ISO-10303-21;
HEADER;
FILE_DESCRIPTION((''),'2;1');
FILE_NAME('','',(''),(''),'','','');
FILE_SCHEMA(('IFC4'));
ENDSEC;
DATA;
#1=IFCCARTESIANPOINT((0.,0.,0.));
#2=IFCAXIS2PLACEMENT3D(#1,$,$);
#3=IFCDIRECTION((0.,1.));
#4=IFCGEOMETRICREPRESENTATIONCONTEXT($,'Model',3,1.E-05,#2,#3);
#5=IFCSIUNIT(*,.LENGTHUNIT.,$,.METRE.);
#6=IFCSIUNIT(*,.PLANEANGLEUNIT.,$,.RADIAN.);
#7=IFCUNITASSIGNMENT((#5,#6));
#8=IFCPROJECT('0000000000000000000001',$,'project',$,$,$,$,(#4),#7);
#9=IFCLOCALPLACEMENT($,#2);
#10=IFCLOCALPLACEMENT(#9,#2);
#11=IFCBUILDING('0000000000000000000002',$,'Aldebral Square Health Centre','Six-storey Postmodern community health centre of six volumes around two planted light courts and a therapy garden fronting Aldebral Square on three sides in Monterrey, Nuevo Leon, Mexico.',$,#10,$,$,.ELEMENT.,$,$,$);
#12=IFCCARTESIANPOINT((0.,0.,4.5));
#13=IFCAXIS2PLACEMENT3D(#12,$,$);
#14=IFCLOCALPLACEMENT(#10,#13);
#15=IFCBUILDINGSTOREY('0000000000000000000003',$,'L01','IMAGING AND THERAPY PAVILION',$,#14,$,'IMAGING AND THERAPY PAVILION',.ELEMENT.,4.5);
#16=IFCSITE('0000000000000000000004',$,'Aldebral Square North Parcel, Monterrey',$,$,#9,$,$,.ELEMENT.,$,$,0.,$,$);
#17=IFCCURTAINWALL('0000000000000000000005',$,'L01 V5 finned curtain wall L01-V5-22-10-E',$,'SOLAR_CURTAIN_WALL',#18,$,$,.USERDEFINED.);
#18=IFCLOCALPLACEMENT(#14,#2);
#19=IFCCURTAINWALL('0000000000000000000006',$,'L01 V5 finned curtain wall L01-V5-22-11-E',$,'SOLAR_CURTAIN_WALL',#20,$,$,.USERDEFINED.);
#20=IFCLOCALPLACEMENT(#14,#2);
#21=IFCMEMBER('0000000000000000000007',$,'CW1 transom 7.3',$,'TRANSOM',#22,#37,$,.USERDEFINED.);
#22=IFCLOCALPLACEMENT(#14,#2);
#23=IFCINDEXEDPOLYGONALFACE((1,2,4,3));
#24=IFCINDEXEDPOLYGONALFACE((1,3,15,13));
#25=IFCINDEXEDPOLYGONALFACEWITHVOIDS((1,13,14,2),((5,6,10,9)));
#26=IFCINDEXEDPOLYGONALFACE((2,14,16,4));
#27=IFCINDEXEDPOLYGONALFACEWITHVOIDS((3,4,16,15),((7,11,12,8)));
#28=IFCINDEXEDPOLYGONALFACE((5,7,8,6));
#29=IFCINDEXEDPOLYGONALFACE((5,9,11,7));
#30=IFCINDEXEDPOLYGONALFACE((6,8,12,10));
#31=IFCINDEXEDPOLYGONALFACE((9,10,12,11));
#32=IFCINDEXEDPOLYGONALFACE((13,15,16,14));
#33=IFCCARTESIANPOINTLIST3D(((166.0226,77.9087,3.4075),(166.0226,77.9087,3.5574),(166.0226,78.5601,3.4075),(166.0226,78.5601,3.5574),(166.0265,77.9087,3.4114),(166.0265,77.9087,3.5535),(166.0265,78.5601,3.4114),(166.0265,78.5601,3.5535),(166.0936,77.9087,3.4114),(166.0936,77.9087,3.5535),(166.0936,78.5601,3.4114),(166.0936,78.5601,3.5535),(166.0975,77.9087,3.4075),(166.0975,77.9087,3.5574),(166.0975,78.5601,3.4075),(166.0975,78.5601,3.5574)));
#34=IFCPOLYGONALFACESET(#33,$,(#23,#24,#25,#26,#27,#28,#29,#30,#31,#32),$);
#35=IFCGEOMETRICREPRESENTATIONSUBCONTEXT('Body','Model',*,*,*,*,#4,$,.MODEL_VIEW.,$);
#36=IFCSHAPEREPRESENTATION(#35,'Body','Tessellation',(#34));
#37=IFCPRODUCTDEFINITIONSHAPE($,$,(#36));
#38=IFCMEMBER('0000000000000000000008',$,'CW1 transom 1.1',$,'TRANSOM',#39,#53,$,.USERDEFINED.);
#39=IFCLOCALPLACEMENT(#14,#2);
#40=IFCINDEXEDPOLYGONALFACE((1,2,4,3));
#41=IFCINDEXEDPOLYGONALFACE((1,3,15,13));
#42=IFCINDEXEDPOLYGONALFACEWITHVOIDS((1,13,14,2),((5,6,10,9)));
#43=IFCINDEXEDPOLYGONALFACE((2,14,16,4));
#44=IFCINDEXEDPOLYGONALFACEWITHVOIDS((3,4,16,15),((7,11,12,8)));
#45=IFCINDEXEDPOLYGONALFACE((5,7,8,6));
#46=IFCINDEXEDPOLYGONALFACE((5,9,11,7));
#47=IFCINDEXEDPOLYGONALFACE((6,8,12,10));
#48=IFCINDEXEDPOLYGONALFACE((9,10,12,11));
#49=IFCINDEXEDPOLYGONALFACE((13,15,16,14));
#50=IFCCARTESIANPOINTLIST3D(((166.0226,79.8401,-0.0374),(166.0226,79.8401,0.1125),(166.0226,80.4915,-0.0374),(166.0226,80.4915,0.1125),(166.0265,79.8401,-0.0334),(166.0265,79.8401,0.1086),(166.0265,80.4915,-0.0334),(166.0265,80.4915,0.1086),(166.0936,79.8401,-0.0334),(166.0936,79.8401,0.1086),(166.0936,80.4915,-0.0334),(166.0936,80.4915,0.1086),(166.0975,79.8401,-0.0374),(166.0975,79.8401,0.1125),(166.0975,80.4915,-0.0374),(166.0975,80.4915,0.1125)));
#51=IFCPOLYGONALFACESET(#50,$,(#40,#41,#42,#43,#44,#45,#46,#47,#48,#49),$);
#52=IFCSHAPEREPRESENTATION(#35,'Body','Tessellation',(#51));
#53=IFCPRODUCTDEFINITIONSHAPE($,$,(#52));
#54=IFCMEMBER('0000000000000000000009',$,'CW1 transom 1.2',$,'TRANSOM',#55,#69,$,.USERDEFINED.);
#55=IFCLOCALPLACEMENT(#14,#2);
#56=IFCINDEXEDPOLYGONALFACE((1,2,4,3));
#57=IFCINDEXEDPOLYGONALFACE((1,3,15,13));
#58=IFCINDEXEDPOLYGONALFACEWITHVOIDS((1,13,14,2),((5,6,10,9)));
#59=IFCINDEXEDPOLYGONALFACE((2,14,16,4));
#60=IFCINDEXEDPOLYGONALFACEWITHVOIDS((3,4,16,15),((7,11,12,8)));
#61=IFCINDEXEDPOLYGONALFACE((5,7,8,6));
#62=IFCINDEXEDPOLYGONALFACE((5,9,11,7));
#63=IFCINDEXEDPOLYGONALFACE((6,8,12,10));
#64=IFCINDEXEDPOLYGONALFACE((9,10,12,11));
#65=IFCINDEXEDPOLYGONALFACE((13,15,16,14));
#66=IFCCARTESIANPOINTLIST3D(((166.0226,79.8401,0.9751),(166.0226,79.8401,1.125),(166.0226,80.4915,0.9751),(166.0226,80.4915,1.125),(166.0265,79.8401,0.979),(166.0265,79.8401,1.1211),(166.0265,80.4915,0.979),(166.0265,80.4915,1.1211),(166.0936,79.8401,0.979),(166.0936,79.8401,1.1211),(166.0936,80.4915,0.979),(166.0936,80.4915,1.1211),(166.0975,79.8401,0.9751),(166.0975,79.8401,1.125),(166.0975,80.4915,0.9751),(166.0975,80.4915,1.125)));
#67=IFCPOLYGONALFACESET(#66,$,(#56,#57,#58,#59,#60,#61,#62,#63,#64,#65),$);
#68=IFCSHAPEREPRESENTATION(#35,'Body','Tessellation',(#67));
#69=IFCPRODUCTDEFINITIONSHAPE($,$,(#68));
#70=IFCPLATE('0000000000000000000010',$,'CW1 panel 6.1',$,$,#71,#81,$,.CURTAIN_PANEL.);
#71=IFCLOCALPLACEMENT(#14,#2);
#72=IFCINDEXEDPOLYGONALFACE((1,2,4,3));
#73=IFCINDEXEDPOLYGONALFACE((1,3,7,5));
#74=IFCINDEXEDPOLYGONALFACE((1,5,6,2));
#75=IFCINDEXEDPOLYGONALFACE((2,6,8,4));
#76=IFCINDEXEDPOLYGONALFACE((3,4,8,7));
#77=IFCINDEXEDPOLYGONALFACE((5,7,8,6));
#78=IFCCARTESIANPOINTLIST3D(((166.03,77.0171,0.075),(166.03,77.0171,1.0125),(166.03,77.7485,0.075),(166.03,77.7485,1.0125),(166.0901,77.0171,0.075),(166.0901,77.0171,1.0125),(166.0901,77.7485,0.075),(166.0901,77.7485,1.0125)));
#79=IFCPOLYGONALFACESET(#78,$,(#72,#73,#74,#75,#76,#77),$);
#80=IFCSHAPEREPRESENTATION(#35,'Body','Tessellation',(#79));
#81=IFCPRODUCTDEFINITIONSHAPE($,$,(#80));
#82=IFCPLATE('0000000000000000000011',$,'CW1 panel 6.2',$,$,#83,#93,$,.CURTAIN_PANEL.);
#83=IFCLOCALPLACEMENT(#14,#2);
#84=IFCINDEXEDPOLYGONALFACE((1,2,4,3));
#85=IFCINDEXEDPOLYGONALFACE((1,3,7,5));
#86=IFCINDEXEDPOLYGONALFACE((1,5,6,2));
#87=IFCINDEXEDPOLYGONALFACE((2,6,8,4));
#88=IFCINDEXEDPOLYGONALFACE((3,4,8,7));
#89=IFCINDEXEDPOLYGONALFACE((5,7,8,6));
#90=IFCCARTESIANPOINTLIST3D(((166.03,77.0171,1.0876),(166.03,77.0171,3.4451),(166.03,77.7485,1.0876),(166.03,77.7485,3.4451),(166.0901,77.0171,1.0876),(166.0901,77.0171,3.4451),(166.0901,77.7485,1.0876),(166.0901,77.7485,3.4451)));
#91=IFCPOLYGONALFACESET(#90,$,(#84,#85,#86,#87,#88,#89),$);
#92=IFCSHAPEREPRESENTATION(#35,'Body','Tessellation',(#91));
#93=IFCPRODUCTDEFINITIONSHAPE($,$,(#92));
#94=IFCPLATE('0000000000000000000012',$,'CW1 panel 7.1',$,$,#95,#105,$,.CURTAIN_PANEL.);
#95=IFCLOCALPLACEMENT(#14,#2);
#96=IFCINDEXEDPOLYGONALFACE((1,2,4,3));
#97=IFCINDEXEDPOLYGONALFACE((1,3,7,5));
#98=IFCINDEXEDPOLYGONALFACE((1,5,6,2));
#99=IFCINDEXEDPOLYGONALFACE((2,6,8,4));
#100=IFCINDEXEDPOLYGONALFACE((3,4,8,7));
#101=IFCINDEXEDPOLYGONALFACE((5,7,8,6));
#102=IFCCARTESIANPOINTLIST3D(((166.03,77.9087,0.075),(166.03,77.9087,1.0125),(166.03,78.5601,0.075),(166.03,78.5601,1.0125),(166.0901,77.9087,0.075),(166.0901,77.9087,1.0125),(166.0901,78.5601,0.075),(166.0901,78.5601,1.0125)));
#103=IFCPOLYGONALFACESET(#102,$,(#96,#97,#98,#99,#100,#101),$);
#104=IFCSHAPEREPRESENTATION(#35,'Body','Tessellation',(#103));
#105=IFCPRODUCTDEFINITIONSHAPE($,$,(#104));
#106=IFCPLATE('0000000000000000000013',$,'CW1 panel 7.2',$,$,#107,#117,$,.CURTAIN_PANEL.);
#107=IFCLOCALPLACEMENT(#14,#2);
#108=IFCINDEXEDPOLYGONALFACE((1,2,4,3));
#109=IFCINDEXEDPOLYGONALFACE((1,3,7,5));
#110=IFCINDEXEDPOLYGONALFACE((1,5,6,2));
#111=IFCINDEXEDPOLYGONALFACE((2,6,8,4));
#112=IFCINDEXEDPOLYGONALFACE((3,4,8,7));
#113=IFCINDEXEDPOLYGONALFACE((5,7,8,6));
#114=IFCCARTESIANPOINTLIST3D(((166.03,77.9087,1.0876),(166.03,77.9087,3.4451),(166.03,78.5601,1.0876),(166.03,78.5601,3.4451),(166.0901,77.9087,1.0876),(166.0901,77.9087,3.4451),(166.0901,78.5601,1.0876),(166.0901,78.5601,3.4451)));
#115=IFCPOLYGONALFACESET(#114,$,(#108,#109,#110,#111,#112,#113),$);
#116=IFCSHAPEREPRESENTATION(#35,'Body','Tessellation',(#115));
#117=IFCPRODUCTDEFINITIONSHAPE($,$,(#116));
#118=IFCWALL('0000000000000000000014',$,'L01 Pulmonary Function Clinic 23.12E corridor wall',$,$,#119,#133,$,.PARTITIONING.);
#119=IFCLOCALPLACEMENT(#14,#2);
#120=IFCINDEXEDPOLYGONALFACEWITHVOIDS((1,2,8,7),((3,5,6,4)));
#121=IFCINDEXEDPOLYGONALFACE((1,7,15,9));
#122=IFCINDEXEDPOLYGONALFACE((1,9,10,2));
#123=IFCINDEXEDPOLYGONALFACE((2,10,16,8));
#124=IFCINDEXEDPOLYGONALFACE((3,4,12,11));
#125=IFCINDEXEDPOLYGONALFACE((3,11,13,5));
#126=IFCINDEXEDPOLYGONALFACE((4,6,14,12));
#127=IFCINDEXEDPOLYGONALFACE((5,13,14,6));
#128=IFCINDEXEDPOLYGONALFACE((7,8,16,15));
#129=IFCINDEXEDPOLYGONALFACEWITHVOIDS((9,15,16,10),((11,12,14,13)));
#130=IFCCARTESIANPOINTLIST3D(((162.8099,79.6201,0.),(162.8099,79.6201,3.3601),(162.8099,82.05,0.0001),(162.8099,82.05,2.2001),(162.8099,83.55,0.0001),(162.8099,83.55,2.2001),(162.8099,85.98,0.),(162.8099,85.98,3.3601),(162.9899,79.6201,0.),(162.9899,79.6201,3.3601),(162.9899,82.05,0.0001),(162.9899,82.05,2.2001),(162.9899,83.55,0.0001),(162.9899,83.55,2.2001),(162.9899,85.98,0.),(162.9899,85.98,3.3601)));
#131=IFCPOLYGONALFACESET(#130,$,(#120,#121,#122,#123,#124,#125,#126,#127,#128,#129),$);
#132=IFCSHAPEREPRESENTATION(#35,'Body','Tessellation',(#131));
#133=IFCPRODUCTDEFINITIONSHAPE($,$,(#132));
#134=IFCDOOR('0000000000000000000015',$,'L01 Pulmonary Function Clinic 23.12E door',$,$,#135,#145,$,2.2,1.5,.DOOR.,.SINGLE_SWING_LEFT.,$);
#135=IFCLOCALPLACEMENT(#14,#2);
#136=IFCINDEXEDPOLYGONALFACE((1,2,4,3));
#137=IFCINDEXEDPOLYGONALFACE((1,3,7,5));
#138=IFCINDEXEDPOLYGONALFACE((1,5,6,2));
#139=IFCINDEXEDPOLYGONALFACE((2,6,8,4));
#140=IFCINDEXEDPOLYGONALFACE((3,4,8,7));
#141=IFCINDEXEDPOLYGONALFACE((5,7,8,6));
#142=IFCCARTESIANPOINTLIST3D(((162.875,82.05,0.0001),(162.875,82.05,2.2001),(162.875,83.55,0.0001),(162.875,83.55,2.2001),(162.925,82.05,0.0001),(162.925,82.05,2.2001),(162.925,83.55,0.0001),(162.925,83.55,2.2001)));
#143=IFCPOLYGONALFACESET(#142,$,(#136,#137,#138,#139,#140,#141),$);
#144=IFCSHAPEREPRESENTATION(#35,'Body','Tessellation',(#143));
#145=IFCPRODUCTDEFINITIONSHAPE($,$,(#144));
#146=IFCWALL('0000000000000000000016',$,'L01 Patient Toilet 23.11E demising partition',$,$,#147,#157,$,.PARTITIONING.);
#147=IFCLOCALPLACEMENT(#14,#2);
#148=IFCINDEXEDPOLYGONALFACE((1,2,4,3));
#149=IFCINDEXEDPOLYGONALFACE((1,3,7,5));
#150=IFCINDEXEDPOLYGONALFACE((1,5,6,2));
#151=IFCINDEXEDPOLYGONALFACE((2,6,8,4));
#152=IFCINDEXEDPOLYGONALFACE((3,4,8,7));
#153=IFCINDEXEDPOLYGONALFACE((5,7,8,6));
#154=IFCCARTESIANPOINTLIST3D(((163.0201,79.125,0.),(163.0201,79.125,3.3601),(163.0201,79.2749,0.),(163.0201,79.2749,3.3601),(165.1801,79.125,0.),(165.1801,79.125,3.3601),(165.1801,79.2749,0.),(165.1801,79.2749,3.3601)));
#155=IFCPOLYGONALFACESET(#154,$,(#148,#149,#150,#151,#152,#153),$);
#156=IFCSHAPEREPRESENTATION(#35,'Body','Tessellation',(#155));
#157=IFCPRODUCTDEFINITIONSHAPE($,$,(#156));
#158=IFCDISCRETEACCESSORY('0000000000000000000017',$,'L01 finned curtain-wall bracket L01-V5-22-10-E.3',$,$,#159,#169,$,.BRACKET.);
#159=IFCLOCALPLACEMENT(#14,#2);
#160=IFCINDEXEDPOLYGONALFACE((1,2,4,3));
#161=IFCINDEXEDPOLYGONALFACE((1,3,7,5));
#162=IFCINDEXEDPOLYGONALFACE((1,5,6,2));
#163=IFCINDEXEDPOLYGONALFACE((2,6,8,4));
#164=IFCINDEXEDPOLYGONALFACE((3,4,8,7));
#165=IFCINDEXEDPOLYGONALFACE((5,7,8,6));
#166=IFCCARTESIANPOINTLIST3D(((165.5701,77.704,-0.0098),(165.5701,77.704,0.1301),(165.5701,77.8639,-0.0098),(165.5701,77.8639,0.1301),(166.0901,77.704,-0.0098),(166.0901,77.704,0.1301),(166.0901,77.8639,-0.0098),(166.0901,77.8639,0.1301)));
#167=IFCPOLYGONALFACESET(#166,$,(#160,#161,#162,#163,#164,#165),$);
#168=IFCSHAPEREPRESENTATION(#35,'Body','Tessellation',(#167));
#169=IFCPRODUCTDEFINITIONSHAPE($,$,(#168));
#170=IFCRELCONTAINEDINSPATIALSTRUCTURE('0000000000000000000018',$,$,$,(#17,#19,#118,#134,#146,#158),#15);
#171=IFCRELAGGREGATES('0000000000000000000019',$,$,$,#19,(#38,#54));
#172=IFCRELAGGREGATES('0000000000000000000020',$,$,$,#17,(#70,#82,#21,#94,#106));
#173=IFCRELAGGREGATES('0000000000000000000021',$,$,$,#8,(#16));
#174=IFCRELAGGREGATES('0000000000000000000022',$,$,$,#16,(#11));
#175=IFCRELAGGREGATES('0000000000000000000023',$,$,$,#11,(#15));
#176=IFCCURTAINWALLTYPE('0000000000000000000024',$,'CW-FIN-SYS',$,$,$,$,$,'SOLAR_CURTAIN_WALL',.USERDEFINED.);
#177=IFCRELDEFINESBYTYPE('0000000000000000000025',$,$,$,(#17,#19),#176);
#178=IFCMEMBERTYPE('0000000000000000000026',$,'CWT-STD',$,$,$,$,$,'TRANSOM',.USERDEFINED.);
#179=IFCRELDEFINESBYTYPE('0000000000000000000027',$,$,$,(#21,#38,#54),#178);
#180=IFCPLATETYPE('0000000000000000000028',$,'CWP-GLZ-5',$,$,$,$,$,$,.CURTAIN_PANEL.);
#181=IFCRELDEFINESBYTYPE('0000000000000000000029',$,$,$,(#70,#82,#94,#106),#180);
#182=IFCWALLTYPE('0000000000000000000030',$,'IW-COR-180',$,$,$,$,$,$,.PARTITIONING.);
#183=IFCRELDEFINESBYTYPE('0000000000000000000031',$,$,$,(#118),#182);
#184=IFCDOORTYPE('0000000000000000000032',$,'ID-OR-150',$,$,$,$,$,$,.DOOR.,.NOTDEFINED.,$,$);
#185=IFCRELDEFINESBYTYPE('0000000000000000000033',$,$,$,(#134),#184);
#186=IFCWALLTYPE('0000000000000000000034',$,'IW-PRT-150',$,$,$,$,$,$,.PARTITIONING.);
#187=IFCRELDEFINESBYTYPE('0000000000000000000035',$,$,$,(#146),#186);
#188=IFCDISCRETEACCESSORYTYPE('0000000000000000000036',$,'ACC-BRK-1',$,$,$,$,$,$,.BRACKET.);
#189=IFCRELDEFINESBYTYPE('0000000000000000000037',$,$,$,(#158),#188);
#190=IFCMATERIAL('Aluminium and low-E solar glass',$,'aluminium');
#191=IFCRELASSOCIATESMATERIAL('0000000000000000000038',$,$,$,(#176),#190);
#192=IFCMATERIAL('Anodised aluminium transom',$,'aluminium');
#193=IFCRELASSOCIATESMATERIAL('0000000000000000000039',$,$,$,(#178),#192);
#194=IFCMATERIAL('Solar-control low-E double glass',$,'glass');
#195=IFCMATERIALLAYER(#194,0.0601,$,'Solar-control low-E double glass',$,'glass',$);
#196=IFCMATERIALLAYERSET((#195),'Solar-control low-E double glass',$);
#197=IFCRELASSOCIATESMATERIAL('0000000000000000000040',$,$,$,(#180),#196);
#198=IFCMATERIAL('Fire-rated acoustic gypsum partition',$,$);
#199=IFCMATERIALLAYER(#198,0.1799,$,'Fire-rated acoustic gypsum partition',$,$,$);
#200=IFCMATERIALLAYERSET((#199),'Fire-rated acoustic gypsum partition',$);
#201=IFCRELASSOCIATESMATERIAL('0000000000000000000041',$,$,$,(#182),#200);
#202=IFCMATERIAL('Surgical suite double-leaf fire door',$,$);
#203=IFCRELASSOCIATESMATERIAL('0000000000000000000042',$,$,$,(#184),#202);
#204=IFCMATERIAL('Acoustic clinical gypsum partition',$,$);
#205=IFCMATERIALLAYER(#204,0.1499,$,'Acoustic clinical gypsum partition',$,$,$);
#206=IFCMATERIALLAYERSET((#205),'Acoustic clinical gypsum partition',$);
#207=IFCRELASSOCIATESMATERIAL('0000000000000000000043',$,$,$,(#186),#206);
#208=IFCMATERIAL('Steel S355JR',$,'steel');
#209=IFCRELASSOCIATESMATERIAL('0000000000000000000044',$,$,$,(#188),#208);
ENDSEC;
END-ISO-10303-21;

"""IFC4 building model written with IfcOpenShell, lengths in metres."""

from ifc_helpers import new_model, si_unit, direction, frame, frame_2d, origin, origin_2d, place, context, subcontext, project, spatial, rectangle, hollow_rectangle, extrude, material, layer, layer_set, material_profile, profile_set, type_object, element, fill, aggregate, save


model = new_model("IFC4")

# Units and contexts
model_context = context("Model", 3, precision=1e-05, world=origin(), true_north=direction((0.0, 1.0)))
body_context = subcontext(model_context, "Body", "Model", "MODEL_VIEW")
ifc_project = project(units=[si_unit("LENGTHUNIT", "METRE"), si_unit("PLANEANGLEUNIT", "RADIAN")], contexts=[model_context])

# Site, building, storey
site_placement = place(None, origin())
site = spatial("IfcSite", under=ifc_project, at=site_placement, Name="Aldebral Square North Parcel, Monterrey", CompositionType="ELEMENT", RefElevation=0.0)
building_placement = place(site_placement, origin())
building = spatial("IfcBuilding", under=site, at=building_placement, Name="Aldebral Square Health Centre", Description="Six-storey Postmodern community health centre of six volumes around two planted light courts and a therapy garden fronting Aldebral Square on three sides in Monterrey, Nuevo Leon, Mexico.", CompositionType="ELEMENT")
storey_placement = place(building_placement, frame((0.0, 0.0, 4.5)))
storey = spatial("IfcBuildingStorey", under=building, at=storey_placement, Name="L01", Description="IMAGING AND THERAPY PAVILION", LongName="IMAGING AND THERAPY PAVILION", CompositionType="ELEMENT", Elevation=4.5)

# Curtain wall
ifc_material_1 = material(Name="Aluminium and low-E solar glass", Category="aluminium")
curtain_wall_type = type_object("IfcCurtainWallType", Name="CW-FIN-SYS", ElementType="SOLAR_CURTAIN_WALL", PredefinedType="USERDEFINED", material=ifc_material_1)
curtain_wall_1_placement = place(storey_placement, origin())
curtain_wall_1 = element("IfcCurtainWall", 1, at=curtain_wall_1_placement, inside=storey, type_object=curtain_wall_type, Name="L01 V5 finned curtain wall L01-V5-22-10-E", ObjectType="SOLAR_CURTAIN_WALL", PredefinedType="USERDEFINED")

# Curtain wall
curtain_wall_2_placement = place(storey_placement, origin())
curtain_wall_2 = element("IfcCurtainWall", 2, at=curtain_wall_2_placement, inside=storey, type_object=curtain_wall_type, Name="L01 V5 finned curtain wall L01-V5-22-11-E", ObjectType="SOLAR_CURTAIN_WALL", PredefinedType="USERDEFINED")

# Members
ifc_material_2 = material(Name="Anodised aluminium transom", Category="aluminium")
ifc_material_profile_1 = material_profile(ifc_material_2, hollow_rectangle(XDim=0.075, YDim=0.1499, WallThickness=0.0039, at=origin_2d()), Name="CWT 75x150x4")
ifc_profile_set_1 = profile_set([ifc_material_profile_1], Name="Anodised aluminium transom")
member_type_1 = type_object("IfcMemberType", Name="CWT-STD", ElementType="TRANSOM", PredefinedType="USERDEFINED", material=ifc_profile_set_1)
member_1_placement = place(storey_placement, frame((166.0601, 77.9087, 3.4824), z_axis=(0.0, 1.0, 0.0), x_axis=(-1.0, 0.0, 0.0)))
member_1 = element("IfcMember", 3, at=member_1_placement, type_object=member_type_1, Name="CW1 transom 7.3", ObjectType="TRANSOM", PredefinedType="USERDEFINED", context=body_context, shape_type="SweptSolid", body=[
    extrude(hollow_rectangle(XDim=0.075, YDim=0.1499, WallThickness=0.0039, at=origin_2d()), origin(), (0.0, 0.0, 1.0), 0.6514),
])
member_2_placement = place(storey_placement, frame((166.0601, 79.8401, 0.0376), z_axis=(0.0, 1.0, 0.0), x_axis=(-1.0, 0.0, 0.0)))
member_2 = element("IfcMember", 4, at=member_2_placement, type_object=member_type_1, Name="CW1 transom 1.1", ObjectType="TRANSOM", PredefinedType="USERDEFINED", context=body_context, shape_type="SweptSolid", body=[
    extrude(hollow_rectangle(XDim=0.075, YDim=0.1499, WallThickness=0.0039, at=origin_2d()), origin(), (0.0, 0.0, 1.0), 0.6514),
])
member_3_placement = place(storey_placement, frame((166.0601, 79.8401, 1.05), z_axis=(0.0, 1.0, 0.0), x_axis=(-1.0, 0.0, 0.0)))
member_3 = element("IfcMember", 5, at=member_3_placement, type_object=member_type_1, Name="CW1 transom 1.2", ObjectType="TRANSOM", PredefinedType="USERDEFINED", context=body_context, shape_type="SweptSolid", body=[
    extrude(hollow_rectangle(XDim=0.075, YDim=0.1499, WallThickness=0.0039, at=origin_2d()), origin(), (0.0, 0.0, 1.0), 0.6514),
])
aggregate(curtain_wall_2, [member_2, member_3])

# Plates
ifc_material_3 = material(Name="Solar-control low-E double glass", Category="glass")
ifc_layer_1 = layer(ifc_material_3, 0.0601, Name="Solar-control low-E double glass", Category="glass")
ifc_layer_set_1 = layer_set([ifc_layer_1], Name="Solar-control low-E double glass")
plate_type = type_object("IfcPlateType", Name="CWP-GLZ-5", PredefinedType="CURTAIN_PANEL", material=ifc_layer_set_1)
plate_1_placement = place(storey_placement, frame((166.0601, 77.3828, 0.075), z_axis=(0.0, 0.0, 1.0), x_axis=(0.0, 1.0, 0.0)))
plate_1 = element("IfcPlate", 6, at=plate_1_placement, type_object=plate_type, Name="CW1 panel 6.1", PredefinedType="CURTAIN_PANEL", context=body_context, shape_type="SweptSolid", body=[
    extrude(rectangle(XDim=0.7314, YDim=0.0601, at=origin_2d()), origin(), (0.0, 0.0, 1.0), 0.9375),
])
plate_2_placement = place(storey_placement, frame((166.0601, 77.3828, 1.0876), z_axis=(0.0, 0.0, 1.0), x_axis=(0.0, 1.0, 0.0)))
plate_2 = element("IfcPlate", 7, at=plate_2_placement, type_object=plate_type, Name="CW1 panel 6.2", PredefinedType="CURTAIN_PANEL", context=body_context, shape_type="SweptSolid", body=[
    extrude(rectangle(XDim=0.7314, YDim=0.0601, at=origin_2d()), origin(), (0.0, 0.0, 1.0), 2.3574),
])
plate_3_placement = place(storey_placement, frame((166.0601, 78.2344, 0.075), z_axis=(0.0, 0.0, 1.0), x_axis=(0.0, 1.0, 0.0)))
plate_3 = element("IfcPlate", 8, at=plate_3_placement, type_object=plate_type, Name="CW1 panel 7.1", PredefinedType="CURTAIN_PANEL", context=body_context, shape_type="SweptSolid", body=[
    extrude(rectangle(XDim=0.6514, YDim=0.0601, at=origin_2d()), origin(), (0.0, 0.0, 1.0), 0.9375),
])
plate_4_placement = place(storey_placement, frame((166.0601, 78.2344, 1.0876), z_axis=(0.0, 0.0, 1.0), x_axis=(0.0, 1.0, 0.0)))
plate_4 = element("IfcPlate", 9, at=plate_4_placement, type_object=plate_type, Name="CW1 panel 7.2", PredefinedType="CURTAIN_PANEL", context=body_context, shape_type="SweptSolid", body=[
    extrude(rectangle(XDim=0.6514, YDim=0.0601, at=origin_2d()), origin(), (0.0, 0.0, 1.0), 2.3574),
])
aggregate(curtain_wall_1, [plate_1, plate_2, member_1, plate_3, plate_4])

# Wall, opening, door
ifc_material_4 = material(Name="Fire-rated acoustic gypsum partition")
ifc_layer_2 = layer(ifc_material_4, 0.1799, Name="Fire-rated acoustic gypsum partition")
ifc_layer_set_2 = layer_set([ifc_layer_2], Name="Fire-rated acoustic gypsum partition")
wall_type_1 = type_object("IfcWallType", Name="IW-COR-180", PredefinedType="PARTITIONING", material=ifc_layer_set_2)
wall_1_placement = place(storey_placement, frame((162.8999, 79.6201, 0.0), z_axis=(0.0, 0.0, 1.0), x_axis=(0.0, 1.0, 0.0)))
wall_1 = element("IfcWall", 10, at=wall_1_placement, inside=storey, type_object=wall_type_1, Name="L01 Pulmonary Function Clinic 23.12E corridor wall", PredefinedType="PARTITIONING", context=body_context, shape_type="SweptSolid", body=[
    extrude(rectangle(XDim=6.3599, YDim=0.1799, at=frame_2d((3.1799, 0.0))), origin(), (0.0, 0.0, 1.0), 3.3601),
])
opening_placement = place(wall_1_placement, frame((2.4299, 0.0, 0.0)))
opening = element("IfcOpeningElement", 11, at=opening_placement, cuts=wall_1, PredefinedType="OPENING", context=body_context, shape_type="SweptSolid", body=[
    extrude(rectangle(XDim=1.5, YDim=2.2, at=frame_2d((0.75, 1.1001))), frame((0.0, 0.1001, 0.0), z_axis=(0.0, -1.0, 0.0), x_axis=(1.0, 0.0, 0.0)), (0.0, 0.0, 1.0), 0.2),
])
ifc_material_5 = material(Name="Surgical suite double-leaf fire door")
door_type = type_object("IfcDoorType", Name="ID-OR-150", OperationType="NOTDEFINED", PredefinedType="DOOR", material=ifc_material_5)
door_placement = place(opening_placement, origin())
door = element("IfcDoor", 12, at=door_placement, inside=storey, type_object=door_type, Name="L01 Pulmonary Function Clinic 23.12E door", OperationType="SINGLE_SWING_LEFT", OverallHeight=2.2, OverallWidth=1.5, PredefinedType="DOOR", context=body_context, shape_type="SweptSolid", body=[
    extrude(rectangle(XDim=1.5, YDim=2.2, at=frame_2d((0.75, 1.1001))), frame((0.0, 0.0249, 0.0), z_axis=(0.0, -1.0, 0.0), x_axis=(1.0, 0.0, 0.0)), (0.0, 0.0, 1.0), 0.05),
])
fill(opening, door)

# Wall
ifc_material_6 = material(Name="Acoustic clinical gypsum partition")
ifc_layer_3 = layer(ifc_material_6, 0.1499, Name="Acoustic clinical gypsum partition")
ifc_layer_set_3 = layer_set([ifc_layer_3], Name="Acoustic clinical gypsum partition")
wall_type_2 = type_object("IfcWallType", Name="IW-PRT-150", PredefinedType="PARTITIONING", material=ifc_layer_set_3)
wall_2_placement = place(storey_placement, frame((163.02, 79.2, 0.0), z_axis=(0.0, 0.0, 1.0), x_axis=(1.0, 0.0, 0.0)))
element("IfcWall", 13, at=wall_2_placement, inside=storey, type_object=wall_type_2, Name="L01 Patient Toilet 23.11E demising partition", PredefinedType="PARTITIONING", context=body_context, shape_type="SweptSolid", body=[
    extrude(rectangle(XDim=2.1599, YDim=0.1499, at=frame_2d((1.0801, 0.0))), origin(), (0.0, 0.0, 1.0), 3.3601),
])

# Discrete accessory
ifc_material_7 = material(Name="Steel S355JR", Category="steel")
discrete_accessory_type = type_object("IfcDiscreteAccessoryType", Name="ACC-BRK-1", PredefinedType="BRACKET", material=ifc_material_7)
discrete_accessory_placement = place(storey_placement, frame((165.8301, 77.7839, -0.0098), z_axis=(0.0, 0.0, 1.0), x_axis=(0.0, 1.0, 0.0)))
element("IfcDiscreteAccessory", 14, at=discrete_accessory_placement, inside=storey, type_object=discrete_accessory_type, Name="L01 finned curtain-wall bracket L01-V5-22-10-E.3", PredefinedType="BRACKET", context=body_context, shape_type="SweptSolid", body=[
    extrude(rectangle(XDim=0.1599, YDim=0.52, at=origin_2d()), origin(), (0.0, 0.0, 1.0), 0.1399),
])

save(model, "model.ifc")
